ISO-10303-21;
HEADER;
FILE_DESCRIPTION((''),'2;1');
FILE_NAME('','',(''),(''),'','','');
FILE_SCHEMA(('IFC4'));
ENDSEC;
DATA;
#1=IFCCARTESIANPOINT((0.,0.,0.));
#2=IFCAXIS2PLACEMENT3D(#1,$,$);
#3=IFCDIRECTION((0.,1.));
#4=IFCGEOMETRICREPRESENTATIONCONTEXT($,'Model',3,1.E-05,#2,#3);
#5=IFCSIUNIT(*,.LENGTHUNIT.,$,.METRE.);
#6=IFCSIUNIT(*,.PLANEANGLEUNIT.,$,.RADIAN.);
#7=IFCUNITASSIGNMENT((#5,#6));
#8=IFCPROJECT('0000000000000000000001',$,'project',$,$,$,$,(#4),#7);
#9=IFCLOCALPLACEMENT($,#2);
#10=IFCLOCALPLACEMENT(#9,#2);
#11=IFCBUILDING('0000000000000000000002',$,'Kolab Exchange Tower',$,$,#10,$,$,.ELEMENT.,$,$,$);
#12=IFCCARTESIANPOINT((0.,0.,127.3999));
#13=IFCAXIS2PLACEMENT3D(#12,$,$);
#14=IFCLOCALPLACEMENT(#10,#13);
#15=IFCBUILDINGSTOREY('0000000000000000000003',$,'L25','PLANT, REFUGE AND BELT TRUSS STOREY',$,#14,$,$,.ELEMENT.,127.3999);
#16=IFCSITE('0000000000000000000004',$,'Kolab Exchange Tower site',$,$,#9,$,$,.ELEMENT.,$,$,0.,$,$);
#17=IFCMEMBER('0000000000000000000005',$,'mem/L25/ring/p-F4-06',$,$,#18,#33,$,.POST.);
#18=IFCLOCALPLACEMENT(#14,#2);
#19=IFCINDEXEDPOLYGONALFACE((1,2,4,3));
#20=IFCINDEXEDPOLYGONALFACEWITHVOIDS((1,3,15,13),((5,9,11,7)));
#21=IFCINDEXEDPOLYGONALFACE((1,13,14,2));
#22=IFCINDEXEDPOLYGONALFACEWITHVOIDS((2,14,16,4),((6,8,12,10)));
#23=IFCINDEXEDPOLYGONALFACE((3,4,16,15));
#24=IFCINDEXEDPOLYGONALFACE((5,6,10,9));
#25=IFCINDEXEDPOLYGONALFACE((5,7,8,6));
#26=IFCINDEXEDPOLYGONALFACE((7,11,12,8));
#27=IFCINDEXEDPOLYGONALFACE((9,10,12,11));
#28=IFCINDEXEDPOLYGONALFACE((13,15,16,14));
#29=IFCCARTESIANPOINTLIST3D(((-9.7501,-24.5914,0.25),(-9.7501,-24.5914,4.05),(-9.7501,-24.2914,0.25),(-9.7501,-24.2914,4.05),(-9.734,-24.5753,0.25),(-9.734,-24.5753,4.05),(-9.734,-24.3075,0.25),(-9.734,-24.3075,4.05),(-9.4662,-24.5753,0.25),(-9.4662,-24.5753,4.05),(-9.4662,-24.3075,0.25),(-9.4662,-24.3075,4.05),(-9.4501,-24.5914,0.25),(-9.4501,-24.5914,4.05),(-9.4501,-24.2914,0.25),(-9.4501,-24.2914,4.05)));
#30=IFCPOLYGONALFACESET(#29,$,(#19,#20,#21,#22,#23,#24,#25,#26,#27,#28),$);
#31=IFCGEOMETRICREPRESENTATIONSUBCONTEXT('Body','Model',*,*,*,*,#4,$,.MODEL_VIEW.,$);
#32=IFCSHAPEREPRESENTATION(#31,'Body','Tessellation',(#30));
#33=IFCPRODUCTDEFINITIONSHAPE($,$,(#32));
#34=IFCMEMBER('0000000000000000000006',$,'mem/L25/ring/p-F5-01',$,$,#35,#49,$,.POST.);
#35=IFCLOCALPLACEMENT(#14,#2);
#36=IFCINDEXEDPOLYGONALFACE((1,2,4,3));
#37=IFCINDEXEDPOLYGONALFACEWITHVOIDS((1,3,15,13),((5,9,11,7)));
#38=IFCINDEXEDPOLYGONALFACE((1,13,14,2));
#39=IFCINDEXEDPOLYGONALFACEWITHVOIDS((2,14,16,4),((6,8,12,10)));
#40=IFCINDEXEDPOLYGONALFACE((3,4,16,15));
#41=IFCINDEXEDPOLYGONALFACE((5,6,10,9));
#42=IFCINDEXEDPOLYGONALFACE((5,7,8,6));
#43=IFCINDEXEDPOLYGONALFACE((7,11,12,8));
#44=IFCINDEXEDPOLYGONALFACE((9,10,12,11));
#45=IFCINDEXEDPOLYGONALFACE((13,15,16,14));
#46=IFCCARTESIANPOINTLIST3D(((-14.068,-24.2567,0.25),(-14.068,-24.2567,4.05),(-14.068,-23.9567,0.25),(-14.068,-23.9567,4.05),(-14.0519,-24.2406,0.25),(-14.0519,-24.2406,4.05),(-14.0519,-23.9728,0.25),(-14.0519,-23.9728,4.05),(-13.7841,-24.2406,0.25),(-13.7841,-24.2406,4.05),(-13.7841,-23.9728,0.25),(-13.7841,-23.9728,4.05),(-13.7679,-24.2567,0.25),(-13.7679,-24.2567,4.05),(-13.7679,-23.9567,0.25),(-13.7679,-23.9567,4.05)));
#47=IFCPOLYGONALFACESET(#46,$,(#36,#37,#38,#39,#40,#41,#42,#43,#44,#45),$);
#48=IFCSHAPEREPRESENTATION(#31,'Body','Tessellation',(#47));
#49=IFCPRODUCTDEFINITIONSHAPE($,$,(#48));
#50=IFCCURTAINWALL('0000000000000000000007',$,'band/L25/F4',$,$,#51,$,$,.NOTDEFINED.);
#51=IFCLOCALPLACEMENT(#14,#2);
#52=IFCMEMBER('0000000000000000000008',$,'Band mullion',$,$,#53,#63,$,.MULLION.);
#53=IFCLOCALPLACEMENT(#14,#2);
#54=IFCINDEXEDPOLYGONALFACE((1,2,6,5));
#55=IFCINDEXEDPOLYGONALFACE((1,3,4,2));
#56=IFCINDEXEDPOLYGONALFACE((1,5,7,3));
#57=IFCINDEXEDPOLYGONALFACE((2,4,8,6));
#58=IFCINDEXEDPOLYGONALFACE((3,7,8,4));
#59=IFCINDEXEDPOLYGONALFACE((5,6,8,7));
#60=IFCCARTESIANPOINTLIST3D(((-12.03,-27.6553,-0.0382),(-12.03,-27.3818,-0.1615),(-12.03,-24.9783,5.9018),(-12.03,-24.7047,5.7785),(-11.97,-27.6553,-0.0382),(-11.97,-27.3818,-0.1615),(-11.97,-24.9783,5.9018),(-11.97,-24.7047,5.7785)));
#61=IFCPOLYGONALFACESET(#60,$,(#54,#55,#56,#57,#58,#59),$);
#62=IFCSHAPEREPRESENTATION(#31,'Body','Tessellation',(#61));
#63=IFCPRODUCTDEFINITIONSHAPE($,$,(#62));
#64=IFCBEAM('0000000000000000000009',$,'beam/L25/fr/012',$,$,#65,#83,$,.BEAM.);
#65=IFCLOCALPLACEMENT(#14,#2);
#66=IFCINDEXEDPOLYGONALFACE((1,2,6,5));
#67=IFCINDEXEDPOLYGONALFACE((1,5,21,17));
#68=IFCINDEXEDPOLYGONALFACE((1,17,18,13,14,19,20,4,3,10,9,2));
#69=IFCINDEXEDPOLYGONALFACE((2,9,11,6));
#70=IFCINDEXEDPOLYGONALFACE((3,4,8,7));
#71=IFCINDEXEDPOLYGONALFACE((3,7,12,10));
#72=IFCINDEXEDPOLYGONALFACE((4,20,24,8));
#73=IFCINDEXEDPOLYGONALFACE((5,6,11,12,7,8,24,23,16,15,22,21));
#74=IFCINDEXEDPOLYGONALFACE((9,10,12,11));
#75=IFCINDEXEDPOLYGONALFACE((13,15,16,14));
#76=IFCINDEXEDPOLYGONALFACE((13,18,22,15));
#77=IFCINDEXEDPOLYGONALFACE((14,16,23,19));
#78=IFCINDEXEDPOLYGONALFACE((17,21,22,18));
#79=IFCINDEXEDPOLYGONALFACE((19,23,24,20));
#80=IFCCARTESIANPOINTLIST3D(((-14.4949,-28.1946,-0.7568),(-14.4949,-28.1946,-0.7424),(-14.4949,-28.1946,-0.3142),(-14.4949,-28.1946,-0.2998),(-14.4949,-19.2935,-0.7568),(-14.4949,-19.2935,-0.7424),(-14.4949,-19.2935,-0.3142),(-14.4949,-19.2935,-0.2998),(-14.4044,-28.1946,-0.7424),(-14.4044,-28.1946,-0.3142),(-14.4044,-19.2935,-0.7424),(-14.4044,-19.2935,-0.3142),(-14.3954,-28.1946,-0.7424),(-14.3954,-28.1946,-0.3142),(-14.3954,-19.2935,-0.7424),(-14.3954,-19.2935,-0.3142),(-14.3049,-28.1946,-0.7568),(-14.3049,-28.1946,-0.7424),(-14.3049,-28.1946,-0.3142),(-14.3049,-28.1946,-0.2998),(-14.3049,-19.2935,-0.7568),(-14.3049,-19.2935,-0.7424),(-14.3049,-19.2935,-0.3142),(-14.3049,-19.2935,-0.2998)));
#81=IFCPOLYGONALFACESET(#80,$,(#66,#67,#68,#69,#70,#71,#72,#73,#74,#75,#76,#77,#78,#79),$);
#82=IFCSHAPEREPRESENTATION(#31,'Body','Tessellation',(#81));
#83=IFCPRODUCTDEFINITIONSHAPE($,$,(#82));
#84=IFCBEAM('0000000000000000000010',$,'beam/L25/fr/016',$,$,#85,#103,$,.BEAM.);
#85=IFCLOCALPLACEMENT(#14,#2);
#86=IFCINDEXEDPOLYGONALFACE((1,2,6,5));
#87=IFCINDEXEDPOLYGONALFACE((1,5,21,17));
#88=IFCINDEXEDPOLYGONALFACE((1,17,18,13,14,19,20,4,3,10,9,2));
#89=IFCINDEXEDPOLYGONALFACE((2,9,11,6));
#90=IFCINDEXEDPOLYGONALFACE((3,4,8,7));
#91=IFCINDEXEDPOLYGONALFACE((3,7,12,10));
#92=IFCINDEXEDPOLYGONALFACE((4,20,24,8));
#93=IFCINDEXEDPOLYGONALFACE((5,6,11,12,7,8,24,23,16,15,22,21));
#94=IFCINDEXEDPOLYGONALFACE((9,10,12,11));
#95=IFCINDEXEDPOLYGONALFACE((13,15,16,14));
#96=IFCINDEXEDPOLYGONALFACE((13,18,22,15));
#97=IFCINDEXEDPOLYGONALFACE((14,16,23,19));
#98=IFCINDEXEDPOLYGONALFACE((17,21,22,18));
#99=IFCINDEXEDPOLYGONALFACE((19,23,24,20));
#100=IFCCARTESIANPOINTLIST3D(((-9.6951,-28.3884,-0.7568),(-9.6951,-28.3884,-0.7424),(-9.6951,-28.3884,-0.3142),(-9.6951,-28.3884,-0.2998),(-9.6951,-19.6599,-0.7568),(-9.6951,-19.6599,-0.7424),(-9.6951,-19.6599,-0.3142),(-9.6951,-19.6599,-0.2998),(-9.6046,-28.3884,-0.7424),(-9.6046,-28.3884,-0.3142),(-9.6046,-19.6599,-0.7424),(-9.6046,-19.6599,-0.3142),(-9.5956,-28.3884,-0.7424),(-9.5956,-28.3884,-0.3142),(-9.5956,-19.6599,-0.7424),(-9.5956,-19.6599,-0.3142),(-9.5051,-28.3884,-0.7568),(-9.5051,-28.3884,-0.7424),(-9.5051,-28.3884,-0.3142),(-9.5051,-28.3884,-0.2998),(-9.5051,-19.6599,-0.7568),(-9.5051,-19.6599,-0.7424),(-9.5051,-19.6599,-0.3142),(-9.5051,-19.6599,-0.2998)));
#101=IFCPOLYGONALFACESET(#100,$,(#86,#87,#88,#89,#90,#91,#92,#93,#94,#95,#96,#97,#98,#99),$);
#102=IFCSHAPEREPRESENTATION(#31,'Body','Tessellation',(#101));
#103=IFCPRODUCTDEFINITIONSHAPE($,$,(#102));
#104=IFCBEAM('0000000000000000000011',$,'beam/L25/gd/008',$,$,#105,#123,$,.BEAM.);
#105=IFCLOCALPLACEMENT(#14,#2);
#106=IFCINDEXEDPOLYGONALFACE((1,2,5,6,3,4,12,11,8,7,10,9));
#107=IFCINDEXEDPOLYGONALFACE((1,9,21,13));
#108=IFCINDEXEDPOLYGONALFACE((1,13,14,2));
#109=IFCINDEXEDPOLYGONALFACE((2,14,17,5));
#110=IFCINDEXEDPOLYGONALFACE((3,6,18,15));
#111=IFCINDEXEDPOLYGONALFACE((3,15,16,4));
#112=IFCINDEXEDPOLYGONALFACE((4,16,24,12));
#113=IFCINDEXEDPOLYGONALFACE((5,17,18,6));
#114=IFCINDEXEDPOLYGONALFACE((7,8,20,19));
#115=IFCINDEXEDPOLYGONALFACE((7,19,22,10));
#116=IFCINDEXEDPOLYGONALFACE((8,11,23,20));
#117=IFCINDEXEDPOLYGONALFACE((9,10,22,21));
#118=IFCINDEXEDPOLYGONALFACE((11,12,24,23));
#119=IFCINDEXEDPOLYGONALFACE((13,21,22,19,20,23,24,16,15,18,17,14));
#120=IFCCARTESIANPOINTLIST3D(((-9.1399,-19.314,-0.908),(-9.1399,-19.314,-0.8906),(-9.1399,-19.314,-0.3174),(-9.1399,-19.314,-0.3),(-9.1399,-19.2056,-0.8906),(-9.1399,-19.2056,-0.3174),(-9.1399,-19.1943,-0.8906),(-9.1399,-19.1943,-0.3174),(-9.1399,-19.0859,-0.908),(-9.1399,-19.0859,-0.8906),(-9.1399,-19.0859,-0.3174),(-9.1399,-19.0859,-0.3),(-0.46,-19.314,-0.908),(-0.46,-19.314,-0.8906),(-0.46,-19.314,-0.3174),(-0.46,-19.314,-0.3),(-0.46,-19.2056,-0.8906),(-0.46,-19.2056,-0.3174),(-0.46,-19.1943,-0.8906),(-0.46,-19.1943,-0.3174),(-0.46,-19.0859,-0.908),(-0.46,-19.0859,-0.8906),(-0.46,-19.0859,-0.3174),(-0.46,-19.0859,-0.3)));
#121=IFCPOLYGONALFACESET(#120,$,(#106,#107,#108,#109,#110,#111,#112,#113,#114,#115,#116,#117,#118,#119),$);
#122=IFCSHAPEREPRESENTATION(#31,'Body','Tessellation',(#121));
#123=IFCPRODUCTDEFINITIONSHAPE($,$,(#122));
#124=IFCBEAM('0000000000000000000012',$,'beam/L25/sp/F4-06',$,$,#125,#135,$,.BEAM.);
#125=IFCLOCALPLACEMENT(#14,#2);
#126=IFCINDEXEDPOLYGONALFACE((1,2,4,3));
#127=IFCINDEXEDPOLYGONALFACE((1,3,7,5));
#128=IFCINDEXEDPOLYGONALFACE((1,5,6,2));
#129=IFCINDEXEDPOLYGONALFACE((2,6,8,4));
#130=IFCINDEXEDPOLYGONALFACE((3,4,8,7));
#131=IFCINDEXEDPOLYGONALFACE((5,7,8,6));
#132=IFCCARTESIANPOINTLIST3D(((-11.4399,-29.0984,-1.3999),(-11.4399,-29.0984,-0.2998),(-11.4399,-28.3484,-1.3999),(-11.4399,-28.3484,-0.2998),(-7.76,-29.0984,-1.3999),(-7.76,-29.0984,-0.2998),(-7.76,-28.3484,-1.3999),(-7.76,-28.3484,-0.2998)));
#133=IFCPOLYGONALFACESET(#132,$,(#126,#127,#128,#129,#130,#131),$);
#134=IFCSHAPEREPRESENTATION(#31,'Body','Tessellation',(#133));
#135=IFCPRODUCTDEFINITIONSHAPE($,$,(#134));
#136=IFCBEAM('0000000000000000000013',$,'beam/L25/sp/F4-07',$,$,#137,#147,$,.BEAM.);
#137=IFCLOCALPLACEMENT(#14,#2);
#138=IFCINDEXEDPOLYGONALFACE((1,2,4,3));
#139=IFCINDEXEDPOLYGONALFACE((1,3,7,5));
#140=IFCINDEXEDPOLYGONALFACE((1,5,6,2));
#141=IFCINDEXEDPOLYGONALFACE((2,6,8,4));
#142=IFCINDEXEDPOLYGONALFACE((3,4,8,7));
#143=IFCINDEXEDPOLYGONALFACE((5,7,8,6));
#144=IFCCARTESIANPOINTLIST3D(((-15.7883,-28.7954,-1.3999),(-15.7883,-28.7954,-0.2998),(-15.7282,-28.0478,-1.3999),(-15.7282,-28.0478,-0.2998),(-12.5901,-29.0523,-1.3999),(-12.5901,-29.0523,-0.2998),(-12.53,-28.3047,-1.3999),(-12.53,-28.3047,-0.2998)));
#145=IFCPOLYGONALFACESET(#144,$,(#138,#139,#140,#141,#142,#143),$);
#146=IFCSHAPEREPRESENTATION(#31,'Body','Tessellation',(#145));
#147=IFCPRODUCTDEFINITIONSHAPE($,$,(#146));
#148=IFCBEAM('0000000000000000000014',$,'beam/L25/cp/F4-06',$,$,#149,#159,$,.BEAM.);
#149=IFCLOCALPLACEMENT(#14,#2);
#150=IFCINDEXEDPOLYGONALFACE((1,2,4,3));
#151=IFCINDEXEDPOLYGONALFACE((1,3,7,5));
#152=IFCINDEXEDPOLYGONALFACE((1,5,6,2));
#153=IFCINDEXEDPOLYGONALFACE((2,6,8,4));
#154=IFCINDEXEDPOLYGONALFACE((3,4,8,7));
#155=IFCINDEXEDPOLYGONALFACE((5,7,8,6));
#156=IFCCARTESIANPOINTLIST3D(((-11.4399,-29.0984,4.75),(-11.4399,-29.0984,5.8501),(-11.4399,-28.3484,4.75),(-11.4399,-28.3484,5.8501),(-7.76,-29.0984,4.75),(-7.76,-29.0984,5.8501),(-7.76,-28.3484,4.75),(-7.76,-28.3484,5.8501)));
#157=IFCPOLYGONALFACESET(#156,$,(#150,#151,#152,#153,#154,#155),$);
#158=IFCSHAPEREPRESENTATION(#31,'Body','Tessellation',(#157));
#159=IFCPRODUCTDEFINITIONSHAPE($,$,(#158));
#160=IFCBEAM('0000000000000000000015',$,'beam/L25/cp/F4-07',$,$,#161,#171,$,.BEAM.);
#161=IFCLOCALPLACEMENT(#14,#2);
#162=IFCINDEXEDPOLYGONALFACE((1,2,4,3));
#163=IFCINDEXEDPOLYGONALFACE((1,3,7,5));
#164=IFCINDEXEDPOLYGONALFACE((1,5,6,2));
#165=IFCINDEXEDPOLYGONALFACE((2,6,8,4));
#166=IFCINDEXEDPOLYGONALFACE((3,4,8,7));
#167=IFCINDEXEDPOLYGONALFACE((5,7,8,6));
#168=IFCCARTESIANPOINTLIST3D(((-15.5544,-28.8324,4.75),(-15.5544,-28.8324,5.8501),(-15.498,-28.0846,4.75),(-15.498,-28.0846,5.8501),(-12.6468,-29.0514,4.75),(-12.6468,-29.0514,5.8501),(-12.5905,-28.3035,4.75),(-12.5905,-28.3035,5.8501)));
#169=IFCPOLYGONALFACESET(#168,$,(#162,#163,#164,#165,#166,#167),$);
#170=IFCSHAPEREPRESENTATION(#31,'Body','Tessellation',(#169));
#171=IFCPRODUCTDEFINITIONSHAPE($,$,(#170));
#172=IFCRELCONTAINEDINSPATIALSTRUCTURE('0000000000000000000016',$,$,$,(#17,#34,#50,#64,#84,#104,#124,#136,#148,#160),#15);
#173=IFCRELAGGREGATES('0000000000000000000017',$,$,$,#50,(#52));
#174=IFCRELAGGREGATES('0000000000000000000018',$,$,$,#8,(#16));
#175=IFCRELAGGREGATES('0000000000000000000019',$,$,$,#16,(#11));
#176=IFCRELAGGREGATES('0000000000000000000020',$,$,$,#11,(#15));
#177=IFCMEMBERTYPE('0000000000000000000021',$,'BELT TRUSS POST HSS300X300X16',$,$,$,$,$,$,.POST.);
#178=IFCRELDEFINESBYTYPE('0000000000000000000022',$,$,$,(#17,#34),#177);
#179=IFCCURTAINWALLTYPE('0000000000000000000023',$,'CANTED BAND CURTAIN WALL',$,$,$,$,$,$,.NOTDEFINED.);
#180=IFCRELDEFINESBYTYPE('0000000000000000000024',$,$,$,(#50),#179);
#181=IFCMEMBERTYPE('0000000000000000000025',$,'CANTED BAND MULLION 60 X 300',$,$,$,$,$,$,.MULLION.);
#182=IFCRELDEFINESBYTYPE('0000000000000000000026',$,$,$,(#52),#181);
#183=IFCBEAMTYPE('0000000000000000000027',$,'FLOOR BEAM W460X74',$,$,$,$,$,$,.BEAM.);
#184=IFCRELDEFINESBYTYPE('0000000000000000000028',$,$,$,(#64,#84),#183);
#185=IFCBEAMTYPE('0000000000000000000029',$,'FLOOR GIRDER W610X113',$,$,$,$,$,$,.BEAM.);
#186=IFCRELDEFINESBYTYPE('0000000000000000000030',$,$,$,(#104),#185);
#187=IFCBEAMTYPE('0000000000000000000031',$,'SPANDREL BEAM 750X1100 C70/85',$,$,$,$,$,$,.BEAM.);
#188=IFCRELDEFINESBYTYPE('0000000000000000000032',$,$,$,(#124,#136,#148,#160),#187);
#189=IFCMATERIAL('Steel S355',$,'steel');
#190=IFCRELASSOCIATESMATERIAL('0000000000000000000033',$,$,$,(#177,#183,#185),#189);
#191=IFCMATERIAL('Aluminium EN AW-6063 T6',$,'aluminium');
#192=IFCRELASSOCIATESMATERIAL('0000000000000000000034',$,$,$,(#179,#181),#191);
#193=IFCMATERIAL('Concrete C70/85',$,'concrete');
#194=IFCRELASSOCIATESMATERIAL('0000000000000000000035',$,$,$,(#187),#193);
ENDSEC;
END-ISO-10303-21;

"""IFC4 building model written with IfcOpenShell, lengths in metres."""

from ifc_helpers import new_model, si_unit, direction, frame, origin, origin_2d, place, context, subcontext, project, spatial, rectangle, hollow_rectangle, i_section, extrude, material, material_profile, profile_set, type_object, element, aggregate, save


model = new_model("IFC4")

# Units and contexts
model_context = context("Model", 3, precision=1e-05, world=origin(), true_north=direction((0.0, 1.0)))
body_context = subcontext(model_context, "Body", "Model", "MODEL_VIEW")
ifc_project = project(units=[si_unit("LENGTHUNIT", "METRE"), si_unit("PLANEANGLEUNIT", "RADIAN")], contexts=[model_context])

# Site, building, storey
site_placement = place(None, origin())
site = spatial("IfcSite", under=ifc_project, at=site_placement, Name="Kolab Exchange Tower site", CompositionType="ELEMENT", RefElevation=0.0)
building_placement = place(site_placement, origin())
building = spatial("IfcBuilding", under=site, at=building_placement, Name="Kolab Exchange Tower", CompositionType="ELEMENT")
storey_placement = place(building_placement, frame((0.0, 0.0, 127.3999)))
storey = spatial("IfcBuildingStorey", under=building, at=storey_placement, Name="L25", Description="PLANT, REFUGE AND BELT TRUSS STOREY", CompositionType="ELEMENT", Elevation=127.3999)

# Shared definitions
ifc_material_1 = material(Name="Concrete C70/85", Category="concrete")

# Shared definitions
ifc_material_2 = material(Name="Steel S355", Category="steel")

# Members
ifc_material_profile_1 = material_profile(ifc_material_2, hollow_rectangle(XDim=0.3, YDim=0.3, WallThickness=0.0161, at=origin_2d()), Name="HSS300X300X16")
ifc_profile_set_1 = profile_set([ifc_material_profile_1], Name="Steel S355")
member_type_1 = type_object("IfcMemberType", Name="BELT TRUSS POST HSS300X300X16", PredefinedType="POST", material=ifc_profile_set_1)
for number, where, z_axis, x_axis, name in (
    (1, (-9.6001, -24.4414, 0.25), (0.0, 0.0, 1.0), (1.0, 0.0, 0.0), "mem/L25/ring/p-F4-06"),
    (2, (-13.918, -24.1067, 0.25), (0.0, 0.0, 1.0), (1.0, 0.0, 0.0), "mem/L25/ring/p-F5-01"),
):
    element("IfcMember", number, at=place(storey_placement, frame(where, z_axis=z_axis, x_axis=x_axis)), inside=storey, type_object=member_type_1, Name=name, PredefinedType="POST", context=body_context, shape_type="SweptSolid", body=[
        extrude(hollow_rectangle(XDim=0.3, YDim=0.3, WallThickness=0.0161, at=origin_2d()), origin(), (0.0, 0.0, 1.0), 3.8),
    ])

# Curtain wall, member
ifc_material_3 = material(Name="Aluminium EN AW-6063 T6", Category="aluminium")
curtain_wall_type_1 = type_object("IfcCurtainWallType", Name="CANTED BAND CURTAIN WALL", PredefinedType="NOTDEFINED", material=ifc_material_3)
curtain_wall_1_placement = place(storey_placement, origin())
curtain_wall_1 = element("IfcCurtainWall", 3, at=curtain_wall_1_placement, inside=storey, type_object=curtain_wall_type_1, Name="band/L25/F4", PredefinedType="NOTDEFINED")
ifc_material_profile_2 = material_profile(ifc_material_3, rectangle(XDim=0.0601, YDim=0.3, at=origin_2d()), Name="RECT 60X300")
ifc_profile_set_2 = profile_set([ifc_material_profile_2], Name="Aluminium EN AW-6063 T6")
member_type_2 = type_object("IfcMemberType", Name="CANTED BAND MULLION 60 X 300", PredefinedType="MULLION", material=ifc_profile_set_2)
member_1_placement = place(storey_placement, frame((-12.0, -27.5186, -0.0999), z_axis=(0.0, 0.410879, 0.91169), x_axis=(-1.0, 0.0, 0.0)))
member_1 = element("IfcMember", 4, at=member_1_placement, type_object=member_type_2, Name="Band mullion", PredefinedType="MULLION", context=body_context, shape_type="SweptSolid", body=[
    extrude(rectangle(XDim=0.0601, YDim=0.3, at=origin_2d()), origin(), (0.0, 0.0, 1.0), 6.5154),
])
aggregate(curtain_wall_1, [member_1])

# Beams
ifc_material_profile_3 = material_profile(ifc_material_2, i_section(OverallWidth=0.1899, OverallDepth=0.457, WebThickness=0.009, FlangeThickness=0.0144, at=origin_2d()), Name="W460X74")
ifc_profile_set_3 = profile_set([ifc_material_profile_3], Name="Steel S355")
beam_type_1 = type_object("IfcBeamType", Name="FLOOR BEAM W460X74", PredefinedType="BEAM", material=ifc_profile_set_3)
beam_1_placement = place(storey_placement, frame((-14.3999, -28.1946, -0.5283), z_axis=(0.0, 1.0, 0.0), x_axis=(-1.0, 0.0, 0.0)))
element("IfcBeam", 5, at=beam_1_placement, inside=storey, type_object=beam_type_1, Name="beam/L25/fr/012", PredefinedType="BEAM", context=body_context, shape_type="SweptSolid", body=[
    extrude(i_section(OverallWidth=0.1899, OverallDepth=0.457, WebThickness=0.009, FlangeThickness=0.0144, at=origin_2d()), origin(), (0.0, 0.0, 1.0), 8.9011),
])
beam_2_placement = place(storey_placement, frame((-9.6001, -28.3884, -0.5283), z_axis=(0.0, 1.0, 0.0), x_axis=(-1.0, 0.0, 0.0)))
element("IfcBeam", 6, at=beam_2_placement, inside=storey, type_object=beam_type_1, Name="beam/L25/fr/016", PredefinedType="BEAM", context=body_context, shape_type="SweptSolid", body=[
    extrude(i_section(OverallWidth=0.1899, OverallDepth=0.457, WebThickness=0.009, FlangeThickness=0.0144, at=origin_2d()), origin(), (0.0, 0.0, 1.0), 8.7285),
])
ifc_material_profile_4 = material_profile(ifc_material_2, i_section(OverallWidth=0.228, OverallDepth=0.6079, WebThickness=0.0112, FlangeThickness=0.0173, at=origin_2d()), Name="W610X113")
ifc_profile_set_4 = profile_set([ifc_material_profile_4], Name="Steel S355")
beam_type_2 = type_object("IfcBeamType", Name="FLOOR GIRDER W610X113", PredefinedType="BEAM", material=ifc_profile_set_4)
beam_3_placement = place(storey_placement, frame((-9.1399, -19.2, -0.604), z_axis=(1.0, 0.0, 0.0), x_axis=(0.0, 1.0, 0.0)))
element("IfcBeam", 7, at=beam_3_placement, inside=storey, type_object=beam_type_2, Name="beam/L25/gd/008", PredefinedType="BEAM", context=body_context, shape_type="SweptSolid", body=[
    extrude(i_section(OverallWidth=0.228, OverallDepth=0.6079, WebThickness=0.0112, FlangeThickness=0.0173, at=origin_2d()), origin(), (0.0, 0.0, 1.0), 8.6799),
])
ifc_material_profile_5 = material_profile(ifc_material_1, rectangle(XDim=0.75, YDim=1.1001, at=origin_2d()), Name="RC750X1100")
ifc_profile_set_5 = profile_set([ifc_material_profile_5], Name="Concrete C70/85")
beam_type_3 = type_object("IfcBeamType", Name="SPANDREL BEAM 750X1100 C70/85", PredefinedType="BEAM", material=ifc_profile_set_5)
beam_4_placement = place(storey_placement, frame((-7.76, -28.7234, -0.8499), z_axis=(-1.0, 0.0, 0.0), x_axis=(0.0, -1.0, 0.0)))
element("IfcBeam", 8, at=beam_4_placement, inside=storey, type_object=beam_type_3, Name="beam/L25/sp/F4-06", PredefinedType="BEAM", context=body_context, shape_type="SweptSolid", body=[
    extrude(rectangle(XDim=0.75, YDim=1.1001, at=origin_2d()), origin(), (0.0, 0.0, 1.0), 3.6799),
])
beam_5_placement = place(storey_placement, frame((-12.5601, -28.6785, -0.8499), z_axis=(-0.996791, 0.080048, 0.0), x_axis=(-0.080048, -0.996791, 0.0)))
element("IfcBeam", 9, at=beam_5_placement, inside=storey, type_object=beam_type_3, Name="beam/L25/sp/F4-07", PredefinedType="BEAM", context=body_context, shape_type="SweptSolid", body=[
    extrude(rectangle(XDim=0.75, YDim=1.1001, at=origin_2d()), origin(), (0.0, 0.0, 1.0), 3.2085),
])
beam_6_placement = place(storey_placement, frame((-7.76, -28.7234, 5.3), z_axis=(-1.0, 0.0, 0.0), x_axis=(0.0, -1.0, 0.0)))
element("IfcBeam", 10, at=beam_6_placement, inside=storey, type_object=beam_type_3, Name="beam/L25/cp/F4-06", PredefinedType="BEAM", context=body_context, shape_type="SweptSolid", body=[
    extrude(rectangle(XDim=0.75, YDim=1.1001, at=origin_2d()), origin(), (0.0, 0.0, 1.0), 3.6799),
])
beam_7_placement = place(storey_placement, frame((-12.6187, -28.6775, 5.3), z_axis=(-0.997175, 0.075108, 0.0), x_axis=(-0.075108, -0.997175, 0.0)))
element("IfcBeam", 11, at=beam_7_placement, inside=storey, type_object=beam_type_3, Name="beam/L25/cp/F4-07", PredefinedType="BEAM", context=body_context, shape_type="SweptSolid", body=[
    extrude(rectangle(XDim=0.75, YDim=1.1001, at=origin_2d()), origin(), (0.0, 0.0, 1.0), 2.9158),
])

save(model, "model.ifc")
